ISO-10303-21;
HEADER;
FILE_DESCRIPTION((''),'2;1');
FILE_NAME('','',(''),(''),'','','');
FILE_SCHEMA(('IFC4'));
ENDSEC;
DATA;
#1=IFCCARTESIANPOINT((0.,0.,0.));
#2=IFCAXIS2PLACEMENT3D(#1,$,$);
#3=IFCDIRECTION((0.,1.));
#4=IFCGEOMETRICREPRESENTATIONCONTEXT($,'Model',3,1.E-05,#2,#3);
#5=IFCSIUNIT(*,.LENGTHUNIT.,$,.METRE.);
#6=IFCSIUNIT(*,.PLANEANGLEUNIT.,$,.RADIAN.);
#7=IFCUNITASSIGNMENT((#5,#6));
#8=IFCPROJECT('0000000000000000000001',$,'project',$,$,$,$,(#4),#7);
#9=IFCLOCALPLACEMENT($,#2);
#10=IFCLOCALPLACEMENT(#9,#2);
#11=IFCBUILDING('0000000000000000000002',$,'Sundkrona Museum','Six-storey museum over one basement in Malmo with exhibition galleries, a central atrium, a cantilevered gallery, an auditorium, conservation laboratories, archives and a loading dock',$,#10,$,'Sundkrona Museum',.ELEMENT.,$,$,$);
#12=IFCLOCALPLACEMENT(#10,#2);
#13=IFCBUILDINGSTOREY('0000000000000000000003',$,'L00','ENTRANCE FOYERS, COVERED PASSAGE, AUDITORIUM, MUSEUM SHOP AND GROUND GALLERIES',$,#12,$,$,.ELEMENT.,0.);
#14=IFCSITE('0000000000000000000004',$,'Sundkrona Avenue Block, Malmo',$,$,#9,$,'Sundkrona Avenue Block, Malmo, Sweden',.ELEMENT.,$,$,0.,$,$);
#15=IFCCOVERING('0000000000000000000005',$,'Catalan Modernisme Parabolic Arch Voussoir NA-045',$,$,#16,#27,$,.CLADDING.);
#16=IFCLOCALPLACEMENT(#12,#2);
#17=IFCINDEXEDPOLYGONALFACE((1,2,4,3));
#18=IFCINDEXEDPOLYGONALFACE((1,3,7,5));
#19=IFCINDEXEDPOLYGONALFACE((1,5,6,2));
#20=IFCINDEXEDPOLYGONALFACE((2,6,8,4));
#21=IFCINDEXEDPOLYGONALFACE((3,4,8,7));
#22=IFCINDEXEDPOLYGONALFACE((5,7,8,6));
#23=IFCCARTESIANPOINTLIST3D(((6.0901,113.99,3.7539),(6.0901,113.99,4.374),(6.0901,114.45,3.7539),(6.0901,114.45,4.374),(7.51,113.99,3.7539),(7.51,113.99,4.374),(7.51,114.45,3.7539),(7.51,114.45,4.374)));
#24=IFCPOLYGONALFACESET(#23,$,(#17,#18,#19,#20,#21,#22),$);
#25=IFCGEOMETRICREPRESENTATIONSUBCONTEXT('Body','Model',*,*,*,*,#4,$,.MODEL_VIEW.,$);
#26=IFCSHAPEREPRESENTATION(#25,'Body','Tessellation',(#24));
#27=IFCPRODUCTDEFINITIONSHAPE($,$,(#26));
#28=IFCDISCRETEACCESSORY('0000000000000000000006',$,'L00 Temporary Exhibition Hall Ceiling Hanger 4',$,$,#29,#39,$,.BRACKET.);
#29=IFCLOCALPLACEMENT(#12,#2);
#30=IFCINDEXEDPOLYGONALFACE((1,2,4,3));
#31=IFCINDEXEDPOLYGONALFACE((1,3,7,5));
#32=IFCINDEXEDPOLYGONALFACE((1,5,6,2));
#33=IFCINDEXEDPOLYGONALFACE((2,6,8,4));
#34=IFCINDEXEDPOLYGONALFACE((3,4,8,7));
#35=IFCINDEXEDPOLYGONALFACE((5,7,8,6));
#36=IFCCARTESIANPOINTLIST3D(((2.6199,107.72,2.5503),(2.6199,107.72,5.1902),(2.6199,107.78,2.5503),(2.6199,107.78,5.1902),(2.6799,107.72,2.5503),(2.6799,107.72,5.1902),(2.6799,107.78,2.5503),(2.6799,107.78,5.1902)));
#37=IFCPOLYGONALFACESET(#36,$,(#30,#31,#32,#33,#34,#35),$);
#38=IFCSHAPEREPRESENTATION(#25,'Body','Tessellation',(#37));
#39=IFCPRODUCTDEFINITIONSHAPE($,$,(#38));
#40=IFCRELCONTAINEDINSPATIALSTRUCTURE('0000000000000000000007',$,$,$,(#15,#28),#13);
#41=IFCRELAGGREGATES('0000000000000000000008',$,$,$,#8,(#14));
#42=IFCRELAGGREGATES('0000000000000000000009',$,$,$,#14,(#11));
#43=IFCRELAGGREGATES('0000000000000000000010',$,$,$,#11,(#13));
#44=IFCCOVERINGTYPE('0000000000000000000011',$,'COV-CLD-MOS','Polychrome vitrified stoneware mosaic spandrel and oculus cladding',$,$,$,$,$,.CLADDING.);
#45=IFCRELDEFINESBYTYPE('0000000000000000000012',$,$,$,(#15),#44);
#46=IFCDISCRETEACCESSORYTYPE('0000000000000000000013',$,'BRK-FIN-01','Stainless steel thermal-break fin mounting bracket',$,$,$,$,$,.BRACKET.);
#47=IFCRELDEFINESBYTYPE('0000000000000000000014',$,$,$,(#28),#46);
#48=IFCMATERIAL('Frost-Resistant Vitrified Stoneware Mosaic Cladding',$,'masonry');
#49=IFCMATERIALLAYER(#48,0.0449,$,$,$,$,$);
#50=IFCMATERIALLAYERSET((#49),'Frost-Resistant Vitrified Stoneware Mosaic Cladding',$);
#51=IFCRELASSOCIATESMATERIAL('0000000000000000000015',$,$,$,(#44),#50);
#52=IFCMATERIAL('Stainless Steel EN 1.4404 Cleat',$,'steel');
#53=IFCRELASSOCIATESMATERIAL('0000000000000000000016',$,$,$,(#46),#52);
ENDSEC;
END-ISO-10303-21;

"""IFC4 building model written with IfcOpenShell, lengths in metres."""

from ifc_helpers import new_model, si_unit, direction, frame, origin, origin_2d, place, context, subcontext, project, spatial, rectangle, extrude, material, layer, layer_set, type_object, element, save


model = new_model("IFC4")

# Units and contexts
model_context = context("Model", 3, precision=1e-05, world=origin(), true_north=direction((0.0, 1.0)))
body_context = subcontext(model_context, "Body", "Model", "MODEL_VIEW")
ifc_project = project(units=[si_unit("LENGTHUNIT", "METRE"), si_unit("PLANEANGLEUNIT", "RADIAN")], contexts=[model_context])

# Site, building, storey
site_placement = place(None, origin())
site = spatial("IfcSite", under=ifc_project, at=site_placement, Name="Sundkrona Avenue Block, Malmo", LongName="Sundkrona Avenue Block, Malmo, Sweden", CompositionType="ELEMENT", RefElevation=0.0)
building_placement = place(site_placement, origin())
building = spatial("IfcBuilding", under=site, at=building_placement, Name="Sundkrona Museum", Description="Six-storey museum over one basement in Malmo with exhibition galleries, a central atrium, a cantilevered gallery, an auditorium, conservation laboratories, archives and a loading dock", LongName="Sundkrona Museum", CompositionType="ELEMENT")
storey_placement = place(building_placement, origin())
storey = spatial("IfcBuildingStorey", under=building, at=storey_placement, Name="L00", Description="ENTRANCE FOYERS, COVERED PASSAGE, AUDITORIUM, MUSEUM SHOP AND GROUND GALLERIES", CompositionType="ELEMENT", Elevation=0.0)

# Covering
ifc_material_1 = material(Name="Frost-Resistant Vitrified Stoneware Mosaic Cladding", Category="masonry")
ifc_layer_1 = layer(ifc_material_1, 0.0449)
ifc_layer_set_1 = layer_set([ifc_layer_1], Name="Frost-Resistant Vitrified Stoneware Mosaic Cladding")
covering_type = type_object("IfcCoveringType", Name="COV-CLD-MOS", Description="Polychrome vitrified stoneware mosaic spandrel and oculus cladding", PredefinedType="CLADDING", material=ifc_layer_set_1)
for number, where, z_axis, x_axis, name in (
    (1, (6.8, 114.22, 3.7539), (0.0, 0.0, 1.0), (1.0, 0.0, 0.0), "Catalan Modernisme Parabolic Arch Voussoir NA-045"),
):
    element("IfcCovering", number, at=place(storey_placement, frame(where, z_axis=z_axis, x_axis=x_axis)), inside=storey, type_object=covering_type, Name=name, PredefinedType="CLADDING", context=body_context, shape_type="SweptSolid", body=[
        extrude(rectangle(XDim=1.4199, YDim=0.46, at=origin_2d()), origin(), (0.0, 0.0, 1.0), 0.6201),
    ])

# Discrete accessory
ifc_material_2 = material(Name="Stainless Steel EN 1.4404 Cleat", Category="steel")
discrete_accessory_type = type_object("IfcDiscreteAccessoryType", Name="BRK-FIN-01", Description="Stainless steel thermal-break fin mounting bracket", PredefinedType="BRACKET", material=ifc_material_2)
discrete_accessory_placement = place(storey_placement, frame((2.6499, 107.75, 2.5503), z_axis=(0.0, 0.0, 1.0), x_axis=(1.0, 0.0, 0.0)))
element("IfcDiscreteAccessory", 2, at=discrete_accessory_placement, inside=storey, type_object=discrete_accessory_type, Name="L00 Temporary Exhibition Hall Ceiling Hanger 4", PredefinedType="BRACKET", context=body_context, shape_type="SweptSolid", body=[
    extrude(rectangle(XDim=0.0601, YDim=0.0601, at=origin_2d()), origin(), (0.0, 0.0, 1.0), 2.6399),
])

save(model, "model.ifc")
